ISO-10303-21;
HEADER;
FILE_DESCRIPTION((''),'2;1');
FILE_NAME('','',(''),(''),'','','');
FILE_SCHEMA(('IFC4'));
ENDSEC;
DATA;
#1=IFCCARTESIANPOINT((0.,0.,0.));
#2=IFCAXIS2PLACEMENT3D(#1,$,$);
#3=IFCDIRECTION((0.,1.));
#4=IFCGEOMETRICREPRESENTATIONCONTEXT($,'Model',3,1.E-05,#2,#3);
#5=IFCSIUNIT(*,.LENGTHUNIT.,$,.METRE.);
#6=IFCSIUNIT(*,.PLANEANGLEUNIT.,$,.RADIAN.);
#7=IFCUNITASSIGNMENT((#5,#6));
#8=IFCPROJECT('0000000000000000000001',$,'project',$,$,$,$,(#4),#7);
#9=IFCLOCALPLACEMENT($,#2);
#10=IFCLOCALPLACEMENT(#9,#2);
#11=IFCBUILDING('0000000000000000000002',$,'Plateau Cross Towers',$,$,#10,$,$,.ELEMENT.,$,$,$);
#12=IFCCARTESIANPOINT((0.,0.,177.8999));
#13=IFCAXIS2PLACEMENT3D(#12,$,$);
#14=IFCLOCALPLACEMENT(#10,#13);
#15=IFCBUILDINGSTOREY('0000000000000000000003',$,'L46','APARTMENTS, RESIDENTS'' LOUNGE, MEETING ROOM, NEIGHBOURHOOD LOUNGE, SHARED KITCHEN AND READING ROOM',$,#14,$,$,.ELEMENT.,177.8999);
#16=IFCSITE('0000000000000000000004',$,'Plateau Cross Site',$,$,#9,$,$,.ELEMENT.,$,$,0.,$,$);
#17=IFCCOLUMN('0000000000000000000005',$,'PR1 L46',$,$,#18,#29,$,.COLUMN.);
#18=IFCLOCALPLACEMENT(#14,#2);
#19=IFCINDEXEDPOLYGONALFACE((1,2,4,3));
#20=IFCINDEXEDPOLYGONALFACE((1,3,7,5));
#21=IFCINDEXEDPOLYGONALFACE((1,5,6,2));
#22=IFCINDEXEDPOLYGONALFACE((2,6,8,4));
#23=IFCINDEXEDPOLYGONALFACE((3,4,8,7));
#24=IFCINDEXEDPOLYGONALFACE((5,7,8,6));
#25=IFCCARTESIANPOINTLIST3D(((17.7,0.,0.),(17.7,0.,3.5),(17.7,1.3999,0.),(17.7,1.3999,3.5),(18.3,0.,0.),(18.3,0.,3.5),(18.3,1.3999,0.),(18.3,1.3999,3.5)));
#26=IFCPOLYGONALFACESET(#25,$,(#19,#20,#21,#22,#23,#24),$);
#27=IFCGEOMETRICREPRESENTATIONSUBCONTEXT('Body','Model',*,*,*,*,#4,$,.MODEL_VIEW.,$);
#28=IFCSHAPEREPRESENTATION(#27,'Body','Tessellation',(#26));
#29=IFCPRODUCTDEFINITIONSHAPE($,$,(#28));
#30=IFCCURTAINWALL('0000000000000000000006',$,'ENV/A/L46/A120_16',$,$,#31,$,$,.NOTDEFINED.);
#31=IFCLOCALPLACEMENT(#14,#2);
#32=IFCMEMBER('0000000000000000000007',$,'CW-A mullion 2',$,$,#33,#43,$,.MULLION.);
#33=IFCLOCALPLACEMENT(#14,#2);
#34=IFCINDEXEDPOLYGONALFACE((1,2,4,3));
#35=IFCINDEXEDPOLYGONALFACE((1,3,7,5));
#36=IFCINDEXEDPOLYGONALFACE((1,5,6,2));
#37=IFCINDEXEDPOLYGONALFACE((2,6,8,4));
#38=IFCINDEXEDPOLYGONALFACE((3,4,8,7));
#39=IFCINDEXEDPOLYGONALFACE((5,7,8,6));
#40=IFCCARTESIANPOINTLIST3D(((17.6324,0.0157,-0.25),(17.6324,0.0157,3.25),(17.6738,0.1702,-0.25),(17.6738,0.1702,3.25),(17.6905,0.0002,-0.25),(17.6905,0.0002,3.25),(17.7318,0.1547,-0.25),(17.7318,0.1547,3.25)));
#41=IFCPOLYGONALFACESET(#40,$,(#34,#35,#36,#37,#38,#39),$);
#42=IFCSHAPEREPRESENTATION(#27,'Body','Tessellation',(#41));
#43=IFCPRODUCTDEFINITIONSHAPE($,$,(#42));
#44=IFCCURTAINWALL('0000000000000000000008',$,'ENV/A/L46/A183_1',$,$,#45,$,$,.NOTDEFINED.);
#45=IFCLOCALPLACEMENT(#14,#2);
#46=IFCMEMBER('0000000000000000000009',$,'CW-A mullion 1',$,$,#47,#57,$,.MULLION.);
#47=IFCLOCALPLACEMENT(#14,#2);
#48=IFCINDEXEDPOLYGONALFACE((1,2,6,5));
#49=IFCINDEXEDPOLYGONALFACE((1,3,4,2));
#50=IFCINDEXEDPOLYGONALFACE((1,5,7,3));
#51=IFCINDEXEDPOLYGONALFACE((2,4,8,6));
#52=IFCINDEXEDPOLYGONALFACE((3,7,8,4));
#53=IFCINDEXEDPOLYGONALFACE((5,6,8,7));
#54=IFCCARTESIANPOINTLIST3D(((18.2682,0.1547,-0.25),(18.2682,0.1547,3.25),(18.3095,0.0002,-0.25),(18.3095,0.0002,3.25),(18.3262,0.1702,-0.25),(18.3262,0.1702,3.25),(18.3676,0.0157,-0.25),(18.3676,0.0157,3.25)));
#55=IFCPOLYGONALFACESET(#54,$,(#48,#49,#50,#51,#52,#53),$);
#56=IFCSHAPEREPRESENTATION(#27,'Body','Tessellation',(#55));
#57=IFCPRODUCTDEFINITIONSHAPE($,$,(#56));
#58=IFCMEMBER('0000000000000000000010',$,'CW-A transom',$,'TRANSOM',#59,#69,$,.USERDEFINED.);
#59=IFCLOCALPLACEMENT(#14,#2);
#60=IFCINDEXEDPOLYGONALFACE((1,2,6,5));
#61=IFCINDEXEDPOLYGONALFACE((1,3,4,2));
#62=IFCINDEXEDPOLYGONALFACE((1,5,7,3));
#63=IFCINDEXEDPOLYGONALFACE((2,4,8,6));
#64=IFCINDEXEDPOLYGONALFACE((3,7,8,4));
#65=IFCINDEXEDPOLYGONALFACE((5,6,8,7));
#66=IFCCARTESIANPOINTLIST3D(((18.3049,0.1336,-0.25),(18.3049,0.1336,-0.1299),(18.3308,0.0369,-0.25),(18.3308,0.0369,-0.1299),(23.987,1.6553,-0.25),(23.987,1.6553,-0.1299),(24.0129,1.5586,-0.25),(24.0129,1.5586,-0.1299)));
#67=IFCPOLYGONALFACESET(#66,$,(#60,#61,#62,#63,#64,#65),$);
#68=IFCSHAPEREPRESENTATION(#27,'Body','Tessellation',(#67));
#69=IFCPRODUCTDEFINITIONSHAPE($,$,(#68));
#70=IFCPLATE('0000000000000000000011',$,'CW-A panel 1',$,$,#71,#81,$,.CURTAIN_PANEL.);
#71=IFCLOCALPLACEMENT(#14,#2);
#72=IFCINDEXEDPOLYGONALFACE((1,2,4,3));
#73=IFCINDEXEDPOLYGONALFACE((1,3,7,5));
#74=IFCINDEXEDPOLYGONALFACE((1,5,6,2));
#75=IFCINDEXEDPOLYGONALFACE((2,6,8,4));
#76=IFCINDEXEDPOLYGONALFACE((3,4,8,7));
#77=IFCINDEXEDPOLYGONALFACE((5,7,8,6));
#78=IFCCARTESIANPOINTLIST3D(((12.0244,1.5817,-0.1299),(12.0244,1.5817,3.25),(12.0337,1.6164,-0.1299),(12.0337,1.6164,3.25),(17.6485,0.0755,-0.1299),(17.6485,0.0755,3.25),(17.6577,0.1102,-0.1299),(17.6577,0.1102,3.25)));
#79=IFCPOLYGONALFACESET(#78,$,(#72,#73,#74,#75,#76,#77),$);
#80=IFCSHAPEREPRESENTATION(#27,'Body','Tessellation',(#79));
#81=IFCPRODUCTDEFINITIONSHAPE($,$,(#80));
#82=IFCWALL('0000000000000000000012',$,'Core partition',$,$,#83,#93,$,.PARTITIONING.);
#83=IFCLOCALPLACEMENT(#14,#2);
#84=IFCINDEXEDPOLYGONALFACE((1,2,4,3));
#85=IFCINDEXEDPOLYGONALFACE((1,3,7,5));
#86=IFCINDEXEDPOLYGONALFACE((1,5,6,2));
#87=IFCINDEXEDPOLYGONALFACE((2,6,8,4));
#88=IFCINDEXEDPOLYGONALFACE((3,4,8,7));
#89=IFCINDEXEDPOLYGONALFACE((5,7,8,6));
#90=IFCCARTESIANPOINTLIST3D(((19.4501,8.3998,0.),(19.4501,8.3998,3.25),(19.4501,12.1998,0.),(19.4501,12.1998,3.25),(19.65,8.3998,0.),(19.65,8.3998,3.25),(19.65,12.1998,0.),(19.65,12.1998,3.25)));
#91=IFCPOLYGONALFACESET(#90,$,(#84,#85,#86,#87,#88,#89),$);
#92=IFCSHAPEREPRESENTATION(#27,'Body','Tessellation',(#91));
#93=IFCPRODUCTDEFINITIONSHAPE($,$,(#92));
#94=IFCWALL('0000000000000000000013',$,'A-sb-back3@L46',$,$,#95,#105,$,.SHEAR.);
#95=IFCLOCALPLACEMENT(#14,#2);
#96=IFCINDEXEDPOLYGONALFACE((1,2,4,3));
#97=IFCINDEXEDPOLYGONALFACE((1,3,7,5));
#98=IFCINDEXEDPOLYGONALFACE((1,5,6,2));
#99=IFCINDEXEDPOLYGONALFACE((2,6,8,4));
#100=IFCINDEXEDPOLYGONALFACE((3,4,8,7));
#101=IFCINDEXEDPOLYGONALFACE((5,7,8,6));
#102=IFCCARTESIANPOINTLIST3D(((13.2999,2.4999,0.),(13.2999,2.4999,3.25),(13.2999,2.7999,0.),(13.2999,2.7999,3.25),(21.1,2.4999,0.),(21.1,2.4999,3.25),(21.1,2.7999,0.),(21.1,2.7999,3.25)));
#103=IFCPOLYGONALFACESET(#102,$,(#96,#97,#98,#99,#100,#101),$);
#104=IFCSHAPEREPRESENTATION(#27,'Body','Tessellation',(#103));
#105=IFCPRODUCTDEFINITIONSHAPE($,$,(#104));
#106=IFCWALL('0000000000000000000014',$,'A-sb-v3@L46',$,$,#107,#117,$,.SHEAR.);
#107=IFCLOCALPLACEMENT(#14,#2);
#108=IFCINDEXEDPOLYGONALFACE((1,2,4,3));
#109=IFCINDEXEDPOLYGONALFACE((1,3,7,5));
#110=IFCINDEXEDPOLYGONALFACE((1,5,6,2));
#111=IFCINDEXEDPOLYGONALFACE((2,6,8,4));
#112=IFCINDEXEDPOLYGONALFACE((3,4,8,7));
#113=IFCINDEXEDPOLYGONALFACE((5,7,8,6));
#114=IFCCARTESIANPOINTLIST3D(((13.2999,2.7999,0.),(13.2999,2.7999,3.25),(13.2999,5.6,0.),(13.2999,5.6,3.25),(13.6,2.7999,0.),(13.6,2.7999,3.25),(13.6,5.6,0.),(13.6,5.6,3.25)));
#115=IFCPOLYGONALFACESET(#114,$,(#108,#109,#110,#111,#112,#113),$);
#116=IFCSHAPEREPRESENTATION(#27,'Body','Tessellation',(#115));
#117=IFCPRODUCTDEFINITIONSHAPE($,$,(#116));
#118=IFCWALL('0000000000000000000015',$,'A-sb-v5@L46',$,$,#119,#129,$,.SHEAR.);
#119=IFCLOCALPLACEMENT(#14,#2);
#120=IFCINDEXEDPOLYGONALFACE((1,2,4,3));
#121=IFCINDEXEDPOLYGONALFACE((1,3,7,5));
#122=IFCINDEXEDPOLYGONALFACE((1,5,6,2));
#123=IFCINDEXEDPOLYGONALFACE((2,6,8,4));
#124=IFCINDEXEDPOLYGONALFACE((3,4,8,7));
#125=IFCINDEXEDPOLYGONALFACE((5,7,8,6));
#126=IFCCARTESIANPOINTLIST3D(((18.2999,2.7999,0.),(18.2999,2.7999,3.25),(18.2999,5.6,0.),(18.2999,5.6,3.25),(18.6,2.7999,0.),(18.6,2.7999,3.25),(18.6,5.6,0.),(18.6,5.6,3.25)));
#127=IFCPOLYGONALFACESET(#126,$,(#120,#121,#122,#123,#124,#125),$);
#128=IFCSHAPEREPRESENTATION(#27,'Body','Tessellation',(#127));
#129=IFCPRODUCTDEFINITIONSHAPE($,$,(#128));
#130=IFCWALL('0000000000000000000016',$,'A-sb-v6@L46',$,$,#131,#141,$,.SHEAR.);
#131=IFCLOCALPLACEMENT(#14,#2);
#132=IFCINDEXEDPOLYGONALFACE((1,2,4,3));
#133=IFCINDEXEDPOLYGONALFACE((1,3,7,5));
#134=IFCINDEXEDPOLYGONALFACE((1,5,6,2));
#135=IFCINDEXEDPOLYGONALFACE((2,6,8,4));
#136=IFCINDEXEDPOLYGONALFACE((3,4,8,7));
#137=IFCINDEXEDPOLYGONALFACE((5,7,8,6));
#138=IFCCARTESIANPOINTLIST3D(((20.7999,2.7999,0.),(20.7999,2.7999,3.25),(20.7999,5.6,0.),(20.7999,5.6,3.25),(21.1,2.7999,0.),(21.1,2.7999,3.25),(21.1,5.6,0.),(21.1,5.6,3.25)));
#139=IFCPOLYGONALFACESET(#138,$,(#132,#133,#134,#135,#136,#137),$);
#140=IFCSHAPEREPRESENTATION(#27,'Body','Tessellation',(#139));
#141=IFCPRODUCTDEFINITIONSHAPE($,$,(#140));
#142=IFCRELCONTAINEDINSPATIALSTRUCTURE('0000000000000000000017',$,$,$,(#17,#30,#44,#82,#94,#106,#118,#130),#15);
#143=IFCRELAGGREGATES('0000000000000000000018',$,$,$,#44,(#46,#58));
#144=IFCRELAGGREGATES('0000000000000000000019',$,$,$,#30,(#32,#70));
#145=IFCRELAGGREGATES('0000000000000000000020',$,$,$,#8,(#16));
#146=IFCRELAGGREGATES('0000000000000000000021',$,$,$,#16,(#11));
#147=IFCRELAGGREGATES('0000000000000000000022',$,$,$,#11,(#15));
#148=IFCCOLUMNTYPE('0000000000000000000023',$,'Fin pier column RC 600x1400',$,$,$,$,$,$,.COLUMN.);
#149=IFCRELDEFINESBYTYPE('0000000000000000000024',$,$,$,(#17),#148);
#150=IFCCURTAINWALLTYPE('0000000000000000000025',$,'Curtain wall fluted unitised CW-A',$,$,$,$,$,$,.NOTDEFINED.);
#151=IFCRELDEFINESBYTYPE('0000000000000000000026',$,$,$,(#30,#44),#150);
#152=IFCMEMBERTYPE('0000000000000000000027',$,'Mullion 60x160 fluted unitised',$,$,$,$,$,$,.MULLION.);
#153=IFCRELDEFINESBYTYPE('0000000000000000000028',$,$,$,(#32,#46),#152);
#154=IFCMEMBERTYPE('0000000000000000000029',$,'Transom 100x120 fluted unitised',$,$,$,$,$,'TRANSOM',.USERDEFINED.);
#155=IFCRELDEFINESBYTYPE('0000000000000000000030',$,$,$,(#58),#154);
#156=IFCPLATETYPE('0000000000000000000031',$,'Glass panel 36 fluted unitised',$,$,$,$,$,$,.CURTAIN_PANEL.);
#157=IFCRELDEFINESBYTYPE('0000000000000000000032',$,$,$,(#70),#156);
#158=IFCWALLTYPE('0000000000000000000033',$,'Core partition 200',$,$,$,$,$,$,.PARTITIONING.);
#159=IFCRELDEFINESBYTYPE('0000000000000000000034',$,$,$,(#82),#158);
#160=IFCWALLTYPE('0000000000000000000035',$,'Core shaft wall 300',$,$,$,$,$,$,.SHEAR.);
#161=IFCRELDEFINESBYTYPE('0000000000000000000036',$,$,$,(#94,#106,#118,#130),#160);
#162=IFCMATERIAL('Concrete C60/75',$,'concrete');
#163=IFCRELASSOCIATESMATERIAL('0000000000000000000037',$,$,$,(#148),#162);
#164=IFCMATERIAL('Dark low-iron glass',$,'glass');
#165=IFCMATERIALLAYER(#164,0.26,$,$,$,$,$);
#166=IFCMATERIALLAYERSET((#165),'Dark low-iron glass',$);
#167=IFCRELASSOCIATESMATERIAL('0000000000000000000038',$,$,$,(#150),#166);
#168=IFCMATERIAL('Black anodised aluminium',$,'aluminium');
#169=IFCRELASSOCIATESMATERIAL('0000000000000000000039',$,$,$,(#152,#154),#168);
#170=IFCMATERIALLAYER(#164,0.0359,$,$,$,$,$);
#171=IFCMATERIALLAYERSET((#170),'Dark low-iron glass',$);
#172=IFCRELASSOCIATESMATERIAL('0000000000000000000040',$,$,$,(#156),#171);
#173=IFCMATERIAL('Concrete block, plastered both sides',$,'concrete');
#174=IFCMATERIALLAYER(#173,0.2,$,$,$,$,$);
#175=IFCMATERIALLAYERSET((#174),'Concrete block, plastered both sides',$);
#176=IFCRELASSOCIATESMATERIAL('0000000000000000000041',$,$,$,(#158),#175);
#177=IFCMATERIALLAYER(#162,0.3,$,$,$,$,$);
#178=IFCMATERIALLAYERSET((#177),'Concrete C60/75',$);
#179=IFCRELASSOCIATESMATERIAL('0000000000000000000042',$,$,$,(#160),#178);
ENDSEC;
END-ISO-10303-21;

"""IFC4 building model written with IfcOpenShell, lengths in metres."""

from ifc_helpers import new_model, si_unit, direction, frame, frame_2d, origin, origin_2d, place, context, subcontext, project, spatial, rectangle, extrude, material, layer, layer_set, material_profile, profile_set, type_object, element, aggregate, save


model = new_model("IFC4")

# Units and contexts
model_context = context("Model", 3, precision=1e-05, world=origin(), true_north=direction((0.0, 1.0)))
body_context = subcontext(model_context, "Body", "Model", "MODEL_VIEW")
ifc_project = project(units=[si_unit("LENGTHUNIT", "METRE"), si_unit("PLANEANGLEUNIT", "RADIAN")], contexts=[model_context])

# Site, building, storey
site_placement = place(None, origin())
site = spatial("IfcSite", under=ifc_project, at=site_placement, Name="Plateau Cross Site", CompositionType="ELEMENT", RefElevation=0.0)
building_placement = place(site_placement, origin())
building = spatial("IfcBuilding", under=site, at=building_placement, Name="Plateau Cross Towers", CompositionType="ELEMENT")
storey_placement = place(building_placement, frame((0.0, 0.0, 177.8999)))
storey = spatial("IfcBuildingStorey", under=building, at=storey_placement, Name="L46", Description="APARTMENTS, RESIDENTS' LOUNGE, MEETING ROOM, NEIGHBOURHOOD LOUNGE, SHARED KITCHEN AND READING ROOM", CompositionType="ELEMENT", Elevation=177.8999)

# Column
ifc_material_1 = material(Name="Concrete C60/75", Category="concrete")
ifc_material_profile_1 = material_profile(ifc_material_1, rectangle(XDim=0.6001, YDim=1.3999, at=origin_2d()), Name="RC 600x1400")
ifc_profile_set_1 = profile_set([ifc_material_profile_1], Name="Concrete C60/75")
column_type = type_object("IfcColumnType", Name="Fin pier column RC 600x1400", PredefinedType="COLUMN", material=ifc_profile_set_1)
column_placement = place(storey_placement, frame((18.0, 0.7, 0.0), z_axis=(0.0, 0.0, 1.0), x_axis=(1.0, 0.0, 0.0)))
element("IfcColumn", 1, at=column_placement, inside=storey, type_object=column_type, Name="PR1 L46", PredefinedType="COLUMN", context=body_context, shape_type="SweptSolid", body=[
    extrude(rectangle(XDim=0.6001, YDim=1.3999, at=origin_2d()), origin(), (0.0, 0.0, 1.0), 3.5),
])

# Curtain wall, member
ifc_material_2 = material(Name="Dark low-iron glass", Category="glass")
ifc_layer_1 = layer(ifc_material_2, 0.26)
ifc_layer_set_1 = layer_set([ifc_layer_1], Name="Dark low-iron glass")
curtain_wall_type = type_object("IfcCurtainWallType", Name="Curtain wall fluted unitised CW-A", PredefinedType="NOTDEFINED", material=ifc_layer_set_1)
curtain_wall_1_placement = place(storey_placement, origin())
curtain_wall_1 = element("IfcCurtainWall", 2, at=curtain_wall_1_placement, inside=storey, type_object=curtain_wall_type, Name="ENV/A/L46/A120_16", PredefinedType="NOTDEFINED")
ifc_material_3 = material(Name="Black anodised aluminium", Category="aluminium")
ifc_material_profile_2 = material_profile(ifc_material_3, rectangle(XDim=0.0601, YDim=0.1599, at=origin_2d()), Name="MULLION 60x160")
ifc_profile_set_2 = profile_set([ifc_material_profile_2], Name="Black anodised aluminium")
member_type_1 = type_object("IfcMemberType", Name="Mullion 60x160 fluted unitised", PredefinedType="MULLION", material=ifc_profile_set_2)
member_1_placement = place(storey_placement, frame((17.6821, 0.0852, -0.25), z_axis=(0.0, 0.0, 1.0), x_axis=(0.965958, -0.258699, 0.0)))
member_1 = element("IfcMember", 3, at=member_1_placement, type_object=member_type_1, Name="CW-A mullion 2", PredefinedType="MULLION", context=body_context, shape_type="SweptSolid", body=[
    extrude(rectangle(XDim=0.0601, YDim=0.1599, at=origin_2d()), origin(), (0.0, 0.0, 1.0), 3.5),
])

# Curtain wall, members
curtain_wall_2_placement = place(storey_placement, origin())
curtain_wall_2 = element("IfcCurtainWall", 4, at=curtain_wall_2_placement, inside=storey, type_object=curtain_wall_type, Name="ENV/A/L46/A183_1", PredefinedType="NOTDEFINED")
member_2_placement = place(storey_placement, frame((18.3179, 0.0852, -0.25), z_axis=(0.0, 0.0, 1.0), x_axis=(0.965958, 0.258699, 0.0)))
member_2 = element("IfcMember", 5, at=member_2_placement, type_object=member_type_1, Name="CW-A mullion 1", PredefinedType="MULLION", context=body_context, shape_type="SweptSolid", body=[
    extrude(rectangle(XDim=0.0601, YDim=0.1599, at=origin_2d()), origin(), (0.0, 0.0, 1.0), 3.5),
])
ifc_material_profile_3 = material_profile(ifc_material_3, rectangle(XDim=0.1001, YDim=0.1201, at=origin_2d()), Name="TRANSOM 100x120")
ifc_profile_set_3 = profile_set([ifc_material_profile_3], Name="Black anodised aluminium")
member_type_2 = type_object("IfcMemberType", Name="Transom 100x120 fluted unitised", ElementType="TRANSOM", PredefinedType="USERDEFINED", material=ifc_profile_set_3)
member_3_placement = place(storey_placement, frame((18.3179, 0.0852, -0.1899), z_axis=(0.96596, 0.258693, 0.0), x_axis=(-0.258693, 0.96596, 0.0)))
member_3 = element("IfcMember", 6, at=member_3_placement, type_object=member_type_2, Name="CW-A transom", ObjectType="TRANSOM", PredefinedType="USERDEFINED", context=body_context, shape_type="SweptSolid", body=[
    extrude(rectangle(XDim=0.1001, YDim=0.1201, at=origin_2d()), origin(), (0.0, 0.0, 1.0), 5.8823),
])
aggregate(curtain_wall_2, [member_2, member_3])

# Plate
ifc_layer_2 = layer(ifc_material_2, 0.0359)
ifc_layer_set_2 = layer_set([ifc_layer_2], Name="Dark low-iron glass")
plate_type = type_object("IfcPlateType", Name="Glass panel 36 fluted unitised", PredefinedType="CURTAIN_PANEL", material=ifc_layer_set_2)
plate_placement = place(storey_placement, frame((14.8411, 0.8459, -0.1299), z_axis=(0.0, 0.0, 1.0), x_axis=(0.965958, -0.258699, 0.0)))
plate = element("IfcPlate", 7, at=plate_placement, type_object=plate_type, Name="CW-A panel 1", PredefinedType="CURTAIN_PANEL", context=body_context, shape_type="SweptSolid", body=[
    extrude(rectangle(XDim=5.8223, YDim=0.0359, at=origin_2d()), origin(), (0.0, 0.0, 1.0), 3.3799),
])
aggregate(curtain_wall_1, [member_1, plate])

# Walls
ifc_material_4 = material(Name="Concrete block, plastered both sides", Category="concrete")
ifc_layer_3 = layer(ifc_material_4, 0.2)
ifc_layer_set_3 = layer_set([ifc_layer_3], Name="Concrete block, plastered both sides")
wall_type_1 = type_object("IfcWallType", Name="Core partition 200", PredefinedType="PARTITIONING", material=ifc_layer_set_3)
wall_1_placement = place(storey_placement, frame((19.55, 8.3999, 0.0), z_axis=(0.0, 0.0, 1.0), x_axis=(0.0, 1.0, 0.0)))
element("IfcWall", 8, at=wall_1_placement, inside=storey, type_object=wall_type_1, Name="Core partition", PredefinedType="PARTITIONING", context=body_context, shape_type="SweptSolid", body=[
    extrude(rectangle(XDim=3.8, YDim=0.2, at=frame_2d((1.8999, 0.0))), origin(), (0.0, 0.0, 1.0), 3.25),
])
ifc_layer_4 = layer(ifc_material_1, 0.3)
ifc_layer_set_4 = layer_set([ifc_layer_4], Name="Concrete C60/75")
wall_type_2 = type_object("IfcWallType", Name="Core shaft wall 300", PredefinedType="SHEAR", material=ifc_layer_set_4)
wall_2_placement = place(storey_placement, frame((13.3, 2.6499, 0.0), z_axis=(0.0, 0.0, 1.0), x_axis=(1.0, 0.0, 0.0)))
element("IfcWall", 9, at=wall_2_placement, inside=storey, type_object=wall_type_2, Name="A-sb-back3@L46", PredefinedType="SHEAR", context=body_context, shape_type="SweptSolid", body=[
    extrude(rectangle(XDim=7.8, YDim=0.3, at=frame_2d((3.8999, 0.0))), origin(), (0.0, 0.0, 1.0), 3.25),
])
for number, where, z_axis, x_axis, name in (
    (10, (13.45, 2.8, 0.0), (0.0, 0.0, 1.0), (0.0, 1.0, 0.0), "A-sb-v3@L46"),
    (11, (18.45, 2.8, 0.0), (0.0, 0.0, 1.0), (0.0, 1.0, 0.0), "A-sb-v5@L46"),
    (12, (20.95, 2.8, 0.0), (0.0, 0.0, 1.0), (0.0, 1.0, 0.0), "A-sb-v6@L46"),
):
    element("IfcWall", number, at=place(storey_placement, frame(where, z_axis=z_axis, x_axis=x_axis)), inside=storey, type_object=wall_type_2, Name=name, PredefinedType="SHEAR", context=body_context, shape_type="SweptSolid", body=[
        extrude(rectangle(XDim=2.8, YDim=0.3, at=frame_2d((1.3999, 0.0))), origin(), (0.0, 0.0, 1.0), 3.25),
    ])

save(model, "model.ifc")
